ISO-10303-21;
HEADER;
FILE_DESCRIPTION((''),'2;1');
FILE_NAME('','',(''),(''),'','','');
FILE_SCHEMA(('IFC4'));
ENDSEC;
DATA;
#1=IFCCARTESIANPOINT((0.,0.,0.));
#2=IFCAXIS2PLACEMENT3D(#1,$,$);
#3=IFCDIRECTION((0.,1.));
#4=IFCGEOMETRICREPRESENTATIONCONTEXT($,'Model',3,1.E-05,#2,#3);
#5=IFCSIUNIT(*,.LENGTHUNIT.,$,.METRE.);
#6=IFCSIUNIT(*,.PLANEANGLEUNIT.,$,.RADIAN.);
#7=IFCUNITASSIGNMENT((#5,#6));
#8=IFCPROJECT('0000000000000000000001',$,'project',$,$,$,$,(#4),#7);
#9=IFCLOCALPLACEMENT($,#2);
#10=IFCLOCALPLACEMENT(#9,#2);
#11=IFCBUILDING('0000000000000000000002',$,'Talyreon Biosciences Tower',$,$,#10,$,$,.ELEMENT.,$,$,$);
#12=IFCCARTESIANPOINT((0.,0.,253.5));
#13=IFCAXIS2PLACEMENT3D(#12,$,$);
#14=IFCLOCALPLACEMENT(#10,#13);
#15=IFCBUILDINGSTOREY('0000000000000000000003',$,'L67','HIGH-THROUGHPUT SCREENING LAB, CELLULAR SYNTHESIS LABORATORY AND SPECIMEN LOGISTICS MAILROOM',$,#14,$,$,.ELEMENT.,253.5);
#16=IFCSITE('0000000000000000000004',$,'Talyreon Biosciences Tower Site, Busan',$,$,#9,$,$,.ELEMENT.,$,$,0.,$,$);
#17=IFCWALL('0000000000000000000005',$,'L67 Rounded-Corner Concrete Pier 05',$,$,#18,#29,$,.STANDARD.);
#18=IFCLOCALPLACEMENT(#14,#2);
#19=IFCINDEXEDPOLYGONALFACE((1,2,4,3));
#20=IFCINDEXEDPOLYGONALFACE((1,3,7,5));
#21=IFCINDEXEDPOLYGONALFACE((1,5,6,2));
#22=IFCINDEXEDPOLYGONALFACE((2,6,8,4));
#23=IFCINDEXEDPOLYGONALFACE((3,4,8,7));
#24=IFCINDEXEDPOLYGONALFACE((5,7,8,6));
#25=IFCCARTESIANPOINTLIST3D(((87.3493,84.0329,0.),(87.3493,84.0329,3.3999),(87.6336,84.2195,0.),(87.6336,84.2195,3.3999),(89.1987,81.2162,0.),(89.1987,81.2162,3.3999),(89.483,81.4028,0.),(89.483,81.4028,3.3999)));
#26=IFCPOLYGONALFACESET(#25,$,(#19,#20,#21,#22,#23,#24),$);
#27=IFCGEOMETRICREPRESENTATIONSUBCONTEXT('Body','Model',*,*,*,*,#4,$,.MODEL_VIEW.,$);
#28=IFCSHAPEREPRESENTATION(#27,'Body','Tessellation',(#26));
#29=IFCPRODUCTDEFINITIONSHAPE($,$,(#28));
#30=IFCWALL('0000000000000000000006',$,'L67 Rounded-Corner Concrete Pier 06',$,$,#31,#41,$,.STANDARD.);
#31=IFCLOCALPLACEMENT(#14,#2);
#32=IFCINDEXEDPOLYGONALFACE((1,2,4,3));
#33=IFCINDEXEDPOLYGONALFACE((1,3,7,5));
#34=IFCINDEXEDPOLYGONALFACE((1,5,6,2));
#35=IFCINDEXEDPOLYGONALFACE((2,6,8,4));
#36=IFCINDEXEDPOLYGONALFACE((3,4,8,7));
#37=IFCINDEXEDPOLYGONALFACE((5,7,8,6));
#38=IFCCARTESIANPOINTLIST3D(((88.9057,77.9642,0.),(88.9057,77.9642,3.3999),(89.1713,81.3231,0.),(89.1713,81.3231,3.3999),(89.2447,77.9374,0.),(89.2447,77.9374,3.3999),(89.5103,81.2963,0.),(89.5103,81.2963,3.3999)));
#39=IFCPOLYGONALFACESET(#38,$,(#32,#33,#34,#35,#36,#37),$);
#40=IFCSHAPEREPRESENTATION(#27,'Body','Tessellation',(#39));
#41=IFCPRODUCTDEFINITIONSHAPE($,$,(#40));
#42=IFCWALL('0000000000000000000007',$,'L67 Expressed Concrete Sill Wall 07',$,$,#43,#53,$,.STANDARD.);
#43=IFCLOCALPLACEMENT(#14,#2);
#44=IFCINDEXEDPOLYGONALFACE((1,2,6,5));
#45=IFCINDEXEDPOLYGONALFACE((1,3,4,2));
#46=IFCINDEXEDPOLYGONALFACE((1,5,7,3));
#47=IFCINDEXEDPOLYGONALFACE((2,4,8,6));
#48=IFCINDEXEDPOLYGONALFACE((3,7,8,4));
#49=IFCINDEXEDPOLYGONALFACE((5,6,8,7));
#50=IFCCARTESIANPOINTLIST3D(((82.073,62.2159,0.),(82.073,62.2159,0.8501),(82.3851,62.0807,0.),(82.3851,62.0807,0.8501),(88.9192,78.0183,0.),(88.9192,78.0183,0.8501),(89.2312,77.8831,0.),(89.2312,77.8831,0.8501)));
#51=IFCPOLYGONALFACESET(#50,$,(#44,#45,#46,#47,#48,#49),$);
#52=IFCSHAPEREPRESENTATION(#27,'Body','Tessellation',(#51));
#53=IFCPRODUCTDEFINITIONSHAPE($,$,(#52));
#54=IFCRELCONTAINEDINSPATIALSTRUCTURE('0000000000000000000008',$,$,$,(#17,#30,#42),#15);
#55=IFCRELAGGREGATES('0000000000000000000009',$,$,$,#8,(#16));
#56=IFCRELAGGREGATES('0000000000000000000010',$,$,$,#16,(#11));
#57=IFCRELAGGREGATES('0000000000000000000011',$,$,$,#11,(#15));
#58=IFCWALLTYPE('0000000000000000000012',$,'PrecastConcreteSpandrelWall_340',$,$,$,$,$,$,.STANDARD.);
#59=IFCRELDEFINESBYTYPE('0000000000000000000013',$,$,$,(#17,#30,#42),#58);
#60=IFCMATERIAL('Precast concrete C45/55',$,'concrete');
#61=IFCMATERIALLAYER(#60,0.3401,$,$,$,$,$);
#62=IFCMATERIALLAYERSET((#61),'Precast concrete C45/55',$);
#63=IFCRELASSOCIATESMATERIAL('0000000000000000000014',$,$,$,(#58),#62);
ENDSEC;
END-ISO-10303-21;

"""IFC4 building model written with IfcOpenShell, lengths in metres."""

from ifc_helpers import new_model, si_unit, direction, frame, frame_2d, origin, place, context, subcontext, project, spatial, rectangle, extrude, material, layer, layer_set, type_object, element, save


model = new_model("IFC4")

# Units and contexts
model_context = context("Model", 3, precision=1e-05, world=origin(), true_north=direction((0.0, 1.0)))
body_context = subcontext(model_context, "Body", "Model", "MODEL_VIEW")
ifc_project = project(units=[si_unit("LENGTHUNIT", "METRE"), si_unit("PLANEANGLEUNIT", "RADIAN")], contexts=[model_context])

# Site, building, storey
site_placement = place(None, origin())
site = spatial("IfcSite", under=ifc_project, at=site_placement, Name="Talyreon Biosciences Tower Site, Busan", CompositionType="ELEMENT", RefElevation=0.0)
building_placement = place(site_placement, origin())
building = spatial("IfcBuilding", under=site, at=building_placement, Name="Talyreon Biosciences Tower", CompositionType="ELEMENT")
storey_placement = place(building_placement, frame((0.0, 0.0, 253.5)))
storey = spatial("IfcBuildingStorey", under=building, at=storey_placement, Name="L67", Description="HIGH-THROUGHPUT SCREENING LAB, CELLULAR SYNTHESIS LABORATORY AND SPECIMEN LOGISTICS MAILROOM", CompositionType="ELEMENT", Elevation=253.5)

# Shared definitions
ifc_material_1 = material(Name="Precast concrete C45/55", Category="concrete")

# Walls
ifc_layer_1 = layer(ifc_material_1, 0.3401)
ifc_layer_set_1 = layer_set([ifc_layer_1], Name="Precast concrete C45/55")
wall_type_1 = type_object("IfcWallType", Name="PrecastConcreteSpandrelWall_340", PredefinedType="STANDARD", material=ifc_layer_set_1)
wall_1_placement = place(storey_placement, frame((87.4915, 84.1262, 0.0), z_axis=(0.0, 0.0, 1.0), x_axis=(0.548851, -0.83592, 0.0)))
element("IfcWall", 1, at=wall_1_placement, inside=storey, type_object=wall_type_1, Name="L67 Rounded-Corner Concrete Pier 05", PredefinedType="STANDARD", context=body_context, shape_type="SweptSolid", body=[
    extrude(rectangle(XDim=3.3696, YDim=0.3401, at=frame_2d((1.6848, 0.0))), origin(), (0.0, 0.0, 1.0), 3.3999),
])
wall_2_placement = place(storey_placement, frame((89.3408, 81.3096, 0.0), z_axis=(0.0, 0.0, 1.0), x_axis=(-0.078835, -0.996888, 0.0)))
element("IfcWall", 2, at=wall_2_placement, inside=storey, type_object=wall_type_1, Name="L67 Rounded-Corner Concrete Pier 06", PredefinedType="STANDARD", context=body_context, shape_type="SweptSolid", body=[
    extrude(rectangle(XDim=3.3694, YDim=0.3401, at=frame_2d((1.6846, 0.0))), origin(), (0.0, 0.0, 1.0), 3.3999),
])
wall_3_placement = place(storey_placement, frame((89.0752, 77.9507, 0.0), z_axis=(0.0, 0.0, 1.0), x_axis=(-0.397531, -0.917589, 0.0)))
element("IfcWall", 3, at=wall_3_placement, inside=storey, type_object=wall_type_1, Name="L67 Expressed Concrete Sill Wall 07", PredefinedType="STANDARD", context=body_context, shape_type="SweptSolid", body=[
    extrude(rectangle(XDim=17.2217, YDim=0.3401, at=frame_2d((8.6108, 0.0))), origin(), (0.0, 0.0, 1.0), 0.8501),
])

save(model, "model.ifc")
